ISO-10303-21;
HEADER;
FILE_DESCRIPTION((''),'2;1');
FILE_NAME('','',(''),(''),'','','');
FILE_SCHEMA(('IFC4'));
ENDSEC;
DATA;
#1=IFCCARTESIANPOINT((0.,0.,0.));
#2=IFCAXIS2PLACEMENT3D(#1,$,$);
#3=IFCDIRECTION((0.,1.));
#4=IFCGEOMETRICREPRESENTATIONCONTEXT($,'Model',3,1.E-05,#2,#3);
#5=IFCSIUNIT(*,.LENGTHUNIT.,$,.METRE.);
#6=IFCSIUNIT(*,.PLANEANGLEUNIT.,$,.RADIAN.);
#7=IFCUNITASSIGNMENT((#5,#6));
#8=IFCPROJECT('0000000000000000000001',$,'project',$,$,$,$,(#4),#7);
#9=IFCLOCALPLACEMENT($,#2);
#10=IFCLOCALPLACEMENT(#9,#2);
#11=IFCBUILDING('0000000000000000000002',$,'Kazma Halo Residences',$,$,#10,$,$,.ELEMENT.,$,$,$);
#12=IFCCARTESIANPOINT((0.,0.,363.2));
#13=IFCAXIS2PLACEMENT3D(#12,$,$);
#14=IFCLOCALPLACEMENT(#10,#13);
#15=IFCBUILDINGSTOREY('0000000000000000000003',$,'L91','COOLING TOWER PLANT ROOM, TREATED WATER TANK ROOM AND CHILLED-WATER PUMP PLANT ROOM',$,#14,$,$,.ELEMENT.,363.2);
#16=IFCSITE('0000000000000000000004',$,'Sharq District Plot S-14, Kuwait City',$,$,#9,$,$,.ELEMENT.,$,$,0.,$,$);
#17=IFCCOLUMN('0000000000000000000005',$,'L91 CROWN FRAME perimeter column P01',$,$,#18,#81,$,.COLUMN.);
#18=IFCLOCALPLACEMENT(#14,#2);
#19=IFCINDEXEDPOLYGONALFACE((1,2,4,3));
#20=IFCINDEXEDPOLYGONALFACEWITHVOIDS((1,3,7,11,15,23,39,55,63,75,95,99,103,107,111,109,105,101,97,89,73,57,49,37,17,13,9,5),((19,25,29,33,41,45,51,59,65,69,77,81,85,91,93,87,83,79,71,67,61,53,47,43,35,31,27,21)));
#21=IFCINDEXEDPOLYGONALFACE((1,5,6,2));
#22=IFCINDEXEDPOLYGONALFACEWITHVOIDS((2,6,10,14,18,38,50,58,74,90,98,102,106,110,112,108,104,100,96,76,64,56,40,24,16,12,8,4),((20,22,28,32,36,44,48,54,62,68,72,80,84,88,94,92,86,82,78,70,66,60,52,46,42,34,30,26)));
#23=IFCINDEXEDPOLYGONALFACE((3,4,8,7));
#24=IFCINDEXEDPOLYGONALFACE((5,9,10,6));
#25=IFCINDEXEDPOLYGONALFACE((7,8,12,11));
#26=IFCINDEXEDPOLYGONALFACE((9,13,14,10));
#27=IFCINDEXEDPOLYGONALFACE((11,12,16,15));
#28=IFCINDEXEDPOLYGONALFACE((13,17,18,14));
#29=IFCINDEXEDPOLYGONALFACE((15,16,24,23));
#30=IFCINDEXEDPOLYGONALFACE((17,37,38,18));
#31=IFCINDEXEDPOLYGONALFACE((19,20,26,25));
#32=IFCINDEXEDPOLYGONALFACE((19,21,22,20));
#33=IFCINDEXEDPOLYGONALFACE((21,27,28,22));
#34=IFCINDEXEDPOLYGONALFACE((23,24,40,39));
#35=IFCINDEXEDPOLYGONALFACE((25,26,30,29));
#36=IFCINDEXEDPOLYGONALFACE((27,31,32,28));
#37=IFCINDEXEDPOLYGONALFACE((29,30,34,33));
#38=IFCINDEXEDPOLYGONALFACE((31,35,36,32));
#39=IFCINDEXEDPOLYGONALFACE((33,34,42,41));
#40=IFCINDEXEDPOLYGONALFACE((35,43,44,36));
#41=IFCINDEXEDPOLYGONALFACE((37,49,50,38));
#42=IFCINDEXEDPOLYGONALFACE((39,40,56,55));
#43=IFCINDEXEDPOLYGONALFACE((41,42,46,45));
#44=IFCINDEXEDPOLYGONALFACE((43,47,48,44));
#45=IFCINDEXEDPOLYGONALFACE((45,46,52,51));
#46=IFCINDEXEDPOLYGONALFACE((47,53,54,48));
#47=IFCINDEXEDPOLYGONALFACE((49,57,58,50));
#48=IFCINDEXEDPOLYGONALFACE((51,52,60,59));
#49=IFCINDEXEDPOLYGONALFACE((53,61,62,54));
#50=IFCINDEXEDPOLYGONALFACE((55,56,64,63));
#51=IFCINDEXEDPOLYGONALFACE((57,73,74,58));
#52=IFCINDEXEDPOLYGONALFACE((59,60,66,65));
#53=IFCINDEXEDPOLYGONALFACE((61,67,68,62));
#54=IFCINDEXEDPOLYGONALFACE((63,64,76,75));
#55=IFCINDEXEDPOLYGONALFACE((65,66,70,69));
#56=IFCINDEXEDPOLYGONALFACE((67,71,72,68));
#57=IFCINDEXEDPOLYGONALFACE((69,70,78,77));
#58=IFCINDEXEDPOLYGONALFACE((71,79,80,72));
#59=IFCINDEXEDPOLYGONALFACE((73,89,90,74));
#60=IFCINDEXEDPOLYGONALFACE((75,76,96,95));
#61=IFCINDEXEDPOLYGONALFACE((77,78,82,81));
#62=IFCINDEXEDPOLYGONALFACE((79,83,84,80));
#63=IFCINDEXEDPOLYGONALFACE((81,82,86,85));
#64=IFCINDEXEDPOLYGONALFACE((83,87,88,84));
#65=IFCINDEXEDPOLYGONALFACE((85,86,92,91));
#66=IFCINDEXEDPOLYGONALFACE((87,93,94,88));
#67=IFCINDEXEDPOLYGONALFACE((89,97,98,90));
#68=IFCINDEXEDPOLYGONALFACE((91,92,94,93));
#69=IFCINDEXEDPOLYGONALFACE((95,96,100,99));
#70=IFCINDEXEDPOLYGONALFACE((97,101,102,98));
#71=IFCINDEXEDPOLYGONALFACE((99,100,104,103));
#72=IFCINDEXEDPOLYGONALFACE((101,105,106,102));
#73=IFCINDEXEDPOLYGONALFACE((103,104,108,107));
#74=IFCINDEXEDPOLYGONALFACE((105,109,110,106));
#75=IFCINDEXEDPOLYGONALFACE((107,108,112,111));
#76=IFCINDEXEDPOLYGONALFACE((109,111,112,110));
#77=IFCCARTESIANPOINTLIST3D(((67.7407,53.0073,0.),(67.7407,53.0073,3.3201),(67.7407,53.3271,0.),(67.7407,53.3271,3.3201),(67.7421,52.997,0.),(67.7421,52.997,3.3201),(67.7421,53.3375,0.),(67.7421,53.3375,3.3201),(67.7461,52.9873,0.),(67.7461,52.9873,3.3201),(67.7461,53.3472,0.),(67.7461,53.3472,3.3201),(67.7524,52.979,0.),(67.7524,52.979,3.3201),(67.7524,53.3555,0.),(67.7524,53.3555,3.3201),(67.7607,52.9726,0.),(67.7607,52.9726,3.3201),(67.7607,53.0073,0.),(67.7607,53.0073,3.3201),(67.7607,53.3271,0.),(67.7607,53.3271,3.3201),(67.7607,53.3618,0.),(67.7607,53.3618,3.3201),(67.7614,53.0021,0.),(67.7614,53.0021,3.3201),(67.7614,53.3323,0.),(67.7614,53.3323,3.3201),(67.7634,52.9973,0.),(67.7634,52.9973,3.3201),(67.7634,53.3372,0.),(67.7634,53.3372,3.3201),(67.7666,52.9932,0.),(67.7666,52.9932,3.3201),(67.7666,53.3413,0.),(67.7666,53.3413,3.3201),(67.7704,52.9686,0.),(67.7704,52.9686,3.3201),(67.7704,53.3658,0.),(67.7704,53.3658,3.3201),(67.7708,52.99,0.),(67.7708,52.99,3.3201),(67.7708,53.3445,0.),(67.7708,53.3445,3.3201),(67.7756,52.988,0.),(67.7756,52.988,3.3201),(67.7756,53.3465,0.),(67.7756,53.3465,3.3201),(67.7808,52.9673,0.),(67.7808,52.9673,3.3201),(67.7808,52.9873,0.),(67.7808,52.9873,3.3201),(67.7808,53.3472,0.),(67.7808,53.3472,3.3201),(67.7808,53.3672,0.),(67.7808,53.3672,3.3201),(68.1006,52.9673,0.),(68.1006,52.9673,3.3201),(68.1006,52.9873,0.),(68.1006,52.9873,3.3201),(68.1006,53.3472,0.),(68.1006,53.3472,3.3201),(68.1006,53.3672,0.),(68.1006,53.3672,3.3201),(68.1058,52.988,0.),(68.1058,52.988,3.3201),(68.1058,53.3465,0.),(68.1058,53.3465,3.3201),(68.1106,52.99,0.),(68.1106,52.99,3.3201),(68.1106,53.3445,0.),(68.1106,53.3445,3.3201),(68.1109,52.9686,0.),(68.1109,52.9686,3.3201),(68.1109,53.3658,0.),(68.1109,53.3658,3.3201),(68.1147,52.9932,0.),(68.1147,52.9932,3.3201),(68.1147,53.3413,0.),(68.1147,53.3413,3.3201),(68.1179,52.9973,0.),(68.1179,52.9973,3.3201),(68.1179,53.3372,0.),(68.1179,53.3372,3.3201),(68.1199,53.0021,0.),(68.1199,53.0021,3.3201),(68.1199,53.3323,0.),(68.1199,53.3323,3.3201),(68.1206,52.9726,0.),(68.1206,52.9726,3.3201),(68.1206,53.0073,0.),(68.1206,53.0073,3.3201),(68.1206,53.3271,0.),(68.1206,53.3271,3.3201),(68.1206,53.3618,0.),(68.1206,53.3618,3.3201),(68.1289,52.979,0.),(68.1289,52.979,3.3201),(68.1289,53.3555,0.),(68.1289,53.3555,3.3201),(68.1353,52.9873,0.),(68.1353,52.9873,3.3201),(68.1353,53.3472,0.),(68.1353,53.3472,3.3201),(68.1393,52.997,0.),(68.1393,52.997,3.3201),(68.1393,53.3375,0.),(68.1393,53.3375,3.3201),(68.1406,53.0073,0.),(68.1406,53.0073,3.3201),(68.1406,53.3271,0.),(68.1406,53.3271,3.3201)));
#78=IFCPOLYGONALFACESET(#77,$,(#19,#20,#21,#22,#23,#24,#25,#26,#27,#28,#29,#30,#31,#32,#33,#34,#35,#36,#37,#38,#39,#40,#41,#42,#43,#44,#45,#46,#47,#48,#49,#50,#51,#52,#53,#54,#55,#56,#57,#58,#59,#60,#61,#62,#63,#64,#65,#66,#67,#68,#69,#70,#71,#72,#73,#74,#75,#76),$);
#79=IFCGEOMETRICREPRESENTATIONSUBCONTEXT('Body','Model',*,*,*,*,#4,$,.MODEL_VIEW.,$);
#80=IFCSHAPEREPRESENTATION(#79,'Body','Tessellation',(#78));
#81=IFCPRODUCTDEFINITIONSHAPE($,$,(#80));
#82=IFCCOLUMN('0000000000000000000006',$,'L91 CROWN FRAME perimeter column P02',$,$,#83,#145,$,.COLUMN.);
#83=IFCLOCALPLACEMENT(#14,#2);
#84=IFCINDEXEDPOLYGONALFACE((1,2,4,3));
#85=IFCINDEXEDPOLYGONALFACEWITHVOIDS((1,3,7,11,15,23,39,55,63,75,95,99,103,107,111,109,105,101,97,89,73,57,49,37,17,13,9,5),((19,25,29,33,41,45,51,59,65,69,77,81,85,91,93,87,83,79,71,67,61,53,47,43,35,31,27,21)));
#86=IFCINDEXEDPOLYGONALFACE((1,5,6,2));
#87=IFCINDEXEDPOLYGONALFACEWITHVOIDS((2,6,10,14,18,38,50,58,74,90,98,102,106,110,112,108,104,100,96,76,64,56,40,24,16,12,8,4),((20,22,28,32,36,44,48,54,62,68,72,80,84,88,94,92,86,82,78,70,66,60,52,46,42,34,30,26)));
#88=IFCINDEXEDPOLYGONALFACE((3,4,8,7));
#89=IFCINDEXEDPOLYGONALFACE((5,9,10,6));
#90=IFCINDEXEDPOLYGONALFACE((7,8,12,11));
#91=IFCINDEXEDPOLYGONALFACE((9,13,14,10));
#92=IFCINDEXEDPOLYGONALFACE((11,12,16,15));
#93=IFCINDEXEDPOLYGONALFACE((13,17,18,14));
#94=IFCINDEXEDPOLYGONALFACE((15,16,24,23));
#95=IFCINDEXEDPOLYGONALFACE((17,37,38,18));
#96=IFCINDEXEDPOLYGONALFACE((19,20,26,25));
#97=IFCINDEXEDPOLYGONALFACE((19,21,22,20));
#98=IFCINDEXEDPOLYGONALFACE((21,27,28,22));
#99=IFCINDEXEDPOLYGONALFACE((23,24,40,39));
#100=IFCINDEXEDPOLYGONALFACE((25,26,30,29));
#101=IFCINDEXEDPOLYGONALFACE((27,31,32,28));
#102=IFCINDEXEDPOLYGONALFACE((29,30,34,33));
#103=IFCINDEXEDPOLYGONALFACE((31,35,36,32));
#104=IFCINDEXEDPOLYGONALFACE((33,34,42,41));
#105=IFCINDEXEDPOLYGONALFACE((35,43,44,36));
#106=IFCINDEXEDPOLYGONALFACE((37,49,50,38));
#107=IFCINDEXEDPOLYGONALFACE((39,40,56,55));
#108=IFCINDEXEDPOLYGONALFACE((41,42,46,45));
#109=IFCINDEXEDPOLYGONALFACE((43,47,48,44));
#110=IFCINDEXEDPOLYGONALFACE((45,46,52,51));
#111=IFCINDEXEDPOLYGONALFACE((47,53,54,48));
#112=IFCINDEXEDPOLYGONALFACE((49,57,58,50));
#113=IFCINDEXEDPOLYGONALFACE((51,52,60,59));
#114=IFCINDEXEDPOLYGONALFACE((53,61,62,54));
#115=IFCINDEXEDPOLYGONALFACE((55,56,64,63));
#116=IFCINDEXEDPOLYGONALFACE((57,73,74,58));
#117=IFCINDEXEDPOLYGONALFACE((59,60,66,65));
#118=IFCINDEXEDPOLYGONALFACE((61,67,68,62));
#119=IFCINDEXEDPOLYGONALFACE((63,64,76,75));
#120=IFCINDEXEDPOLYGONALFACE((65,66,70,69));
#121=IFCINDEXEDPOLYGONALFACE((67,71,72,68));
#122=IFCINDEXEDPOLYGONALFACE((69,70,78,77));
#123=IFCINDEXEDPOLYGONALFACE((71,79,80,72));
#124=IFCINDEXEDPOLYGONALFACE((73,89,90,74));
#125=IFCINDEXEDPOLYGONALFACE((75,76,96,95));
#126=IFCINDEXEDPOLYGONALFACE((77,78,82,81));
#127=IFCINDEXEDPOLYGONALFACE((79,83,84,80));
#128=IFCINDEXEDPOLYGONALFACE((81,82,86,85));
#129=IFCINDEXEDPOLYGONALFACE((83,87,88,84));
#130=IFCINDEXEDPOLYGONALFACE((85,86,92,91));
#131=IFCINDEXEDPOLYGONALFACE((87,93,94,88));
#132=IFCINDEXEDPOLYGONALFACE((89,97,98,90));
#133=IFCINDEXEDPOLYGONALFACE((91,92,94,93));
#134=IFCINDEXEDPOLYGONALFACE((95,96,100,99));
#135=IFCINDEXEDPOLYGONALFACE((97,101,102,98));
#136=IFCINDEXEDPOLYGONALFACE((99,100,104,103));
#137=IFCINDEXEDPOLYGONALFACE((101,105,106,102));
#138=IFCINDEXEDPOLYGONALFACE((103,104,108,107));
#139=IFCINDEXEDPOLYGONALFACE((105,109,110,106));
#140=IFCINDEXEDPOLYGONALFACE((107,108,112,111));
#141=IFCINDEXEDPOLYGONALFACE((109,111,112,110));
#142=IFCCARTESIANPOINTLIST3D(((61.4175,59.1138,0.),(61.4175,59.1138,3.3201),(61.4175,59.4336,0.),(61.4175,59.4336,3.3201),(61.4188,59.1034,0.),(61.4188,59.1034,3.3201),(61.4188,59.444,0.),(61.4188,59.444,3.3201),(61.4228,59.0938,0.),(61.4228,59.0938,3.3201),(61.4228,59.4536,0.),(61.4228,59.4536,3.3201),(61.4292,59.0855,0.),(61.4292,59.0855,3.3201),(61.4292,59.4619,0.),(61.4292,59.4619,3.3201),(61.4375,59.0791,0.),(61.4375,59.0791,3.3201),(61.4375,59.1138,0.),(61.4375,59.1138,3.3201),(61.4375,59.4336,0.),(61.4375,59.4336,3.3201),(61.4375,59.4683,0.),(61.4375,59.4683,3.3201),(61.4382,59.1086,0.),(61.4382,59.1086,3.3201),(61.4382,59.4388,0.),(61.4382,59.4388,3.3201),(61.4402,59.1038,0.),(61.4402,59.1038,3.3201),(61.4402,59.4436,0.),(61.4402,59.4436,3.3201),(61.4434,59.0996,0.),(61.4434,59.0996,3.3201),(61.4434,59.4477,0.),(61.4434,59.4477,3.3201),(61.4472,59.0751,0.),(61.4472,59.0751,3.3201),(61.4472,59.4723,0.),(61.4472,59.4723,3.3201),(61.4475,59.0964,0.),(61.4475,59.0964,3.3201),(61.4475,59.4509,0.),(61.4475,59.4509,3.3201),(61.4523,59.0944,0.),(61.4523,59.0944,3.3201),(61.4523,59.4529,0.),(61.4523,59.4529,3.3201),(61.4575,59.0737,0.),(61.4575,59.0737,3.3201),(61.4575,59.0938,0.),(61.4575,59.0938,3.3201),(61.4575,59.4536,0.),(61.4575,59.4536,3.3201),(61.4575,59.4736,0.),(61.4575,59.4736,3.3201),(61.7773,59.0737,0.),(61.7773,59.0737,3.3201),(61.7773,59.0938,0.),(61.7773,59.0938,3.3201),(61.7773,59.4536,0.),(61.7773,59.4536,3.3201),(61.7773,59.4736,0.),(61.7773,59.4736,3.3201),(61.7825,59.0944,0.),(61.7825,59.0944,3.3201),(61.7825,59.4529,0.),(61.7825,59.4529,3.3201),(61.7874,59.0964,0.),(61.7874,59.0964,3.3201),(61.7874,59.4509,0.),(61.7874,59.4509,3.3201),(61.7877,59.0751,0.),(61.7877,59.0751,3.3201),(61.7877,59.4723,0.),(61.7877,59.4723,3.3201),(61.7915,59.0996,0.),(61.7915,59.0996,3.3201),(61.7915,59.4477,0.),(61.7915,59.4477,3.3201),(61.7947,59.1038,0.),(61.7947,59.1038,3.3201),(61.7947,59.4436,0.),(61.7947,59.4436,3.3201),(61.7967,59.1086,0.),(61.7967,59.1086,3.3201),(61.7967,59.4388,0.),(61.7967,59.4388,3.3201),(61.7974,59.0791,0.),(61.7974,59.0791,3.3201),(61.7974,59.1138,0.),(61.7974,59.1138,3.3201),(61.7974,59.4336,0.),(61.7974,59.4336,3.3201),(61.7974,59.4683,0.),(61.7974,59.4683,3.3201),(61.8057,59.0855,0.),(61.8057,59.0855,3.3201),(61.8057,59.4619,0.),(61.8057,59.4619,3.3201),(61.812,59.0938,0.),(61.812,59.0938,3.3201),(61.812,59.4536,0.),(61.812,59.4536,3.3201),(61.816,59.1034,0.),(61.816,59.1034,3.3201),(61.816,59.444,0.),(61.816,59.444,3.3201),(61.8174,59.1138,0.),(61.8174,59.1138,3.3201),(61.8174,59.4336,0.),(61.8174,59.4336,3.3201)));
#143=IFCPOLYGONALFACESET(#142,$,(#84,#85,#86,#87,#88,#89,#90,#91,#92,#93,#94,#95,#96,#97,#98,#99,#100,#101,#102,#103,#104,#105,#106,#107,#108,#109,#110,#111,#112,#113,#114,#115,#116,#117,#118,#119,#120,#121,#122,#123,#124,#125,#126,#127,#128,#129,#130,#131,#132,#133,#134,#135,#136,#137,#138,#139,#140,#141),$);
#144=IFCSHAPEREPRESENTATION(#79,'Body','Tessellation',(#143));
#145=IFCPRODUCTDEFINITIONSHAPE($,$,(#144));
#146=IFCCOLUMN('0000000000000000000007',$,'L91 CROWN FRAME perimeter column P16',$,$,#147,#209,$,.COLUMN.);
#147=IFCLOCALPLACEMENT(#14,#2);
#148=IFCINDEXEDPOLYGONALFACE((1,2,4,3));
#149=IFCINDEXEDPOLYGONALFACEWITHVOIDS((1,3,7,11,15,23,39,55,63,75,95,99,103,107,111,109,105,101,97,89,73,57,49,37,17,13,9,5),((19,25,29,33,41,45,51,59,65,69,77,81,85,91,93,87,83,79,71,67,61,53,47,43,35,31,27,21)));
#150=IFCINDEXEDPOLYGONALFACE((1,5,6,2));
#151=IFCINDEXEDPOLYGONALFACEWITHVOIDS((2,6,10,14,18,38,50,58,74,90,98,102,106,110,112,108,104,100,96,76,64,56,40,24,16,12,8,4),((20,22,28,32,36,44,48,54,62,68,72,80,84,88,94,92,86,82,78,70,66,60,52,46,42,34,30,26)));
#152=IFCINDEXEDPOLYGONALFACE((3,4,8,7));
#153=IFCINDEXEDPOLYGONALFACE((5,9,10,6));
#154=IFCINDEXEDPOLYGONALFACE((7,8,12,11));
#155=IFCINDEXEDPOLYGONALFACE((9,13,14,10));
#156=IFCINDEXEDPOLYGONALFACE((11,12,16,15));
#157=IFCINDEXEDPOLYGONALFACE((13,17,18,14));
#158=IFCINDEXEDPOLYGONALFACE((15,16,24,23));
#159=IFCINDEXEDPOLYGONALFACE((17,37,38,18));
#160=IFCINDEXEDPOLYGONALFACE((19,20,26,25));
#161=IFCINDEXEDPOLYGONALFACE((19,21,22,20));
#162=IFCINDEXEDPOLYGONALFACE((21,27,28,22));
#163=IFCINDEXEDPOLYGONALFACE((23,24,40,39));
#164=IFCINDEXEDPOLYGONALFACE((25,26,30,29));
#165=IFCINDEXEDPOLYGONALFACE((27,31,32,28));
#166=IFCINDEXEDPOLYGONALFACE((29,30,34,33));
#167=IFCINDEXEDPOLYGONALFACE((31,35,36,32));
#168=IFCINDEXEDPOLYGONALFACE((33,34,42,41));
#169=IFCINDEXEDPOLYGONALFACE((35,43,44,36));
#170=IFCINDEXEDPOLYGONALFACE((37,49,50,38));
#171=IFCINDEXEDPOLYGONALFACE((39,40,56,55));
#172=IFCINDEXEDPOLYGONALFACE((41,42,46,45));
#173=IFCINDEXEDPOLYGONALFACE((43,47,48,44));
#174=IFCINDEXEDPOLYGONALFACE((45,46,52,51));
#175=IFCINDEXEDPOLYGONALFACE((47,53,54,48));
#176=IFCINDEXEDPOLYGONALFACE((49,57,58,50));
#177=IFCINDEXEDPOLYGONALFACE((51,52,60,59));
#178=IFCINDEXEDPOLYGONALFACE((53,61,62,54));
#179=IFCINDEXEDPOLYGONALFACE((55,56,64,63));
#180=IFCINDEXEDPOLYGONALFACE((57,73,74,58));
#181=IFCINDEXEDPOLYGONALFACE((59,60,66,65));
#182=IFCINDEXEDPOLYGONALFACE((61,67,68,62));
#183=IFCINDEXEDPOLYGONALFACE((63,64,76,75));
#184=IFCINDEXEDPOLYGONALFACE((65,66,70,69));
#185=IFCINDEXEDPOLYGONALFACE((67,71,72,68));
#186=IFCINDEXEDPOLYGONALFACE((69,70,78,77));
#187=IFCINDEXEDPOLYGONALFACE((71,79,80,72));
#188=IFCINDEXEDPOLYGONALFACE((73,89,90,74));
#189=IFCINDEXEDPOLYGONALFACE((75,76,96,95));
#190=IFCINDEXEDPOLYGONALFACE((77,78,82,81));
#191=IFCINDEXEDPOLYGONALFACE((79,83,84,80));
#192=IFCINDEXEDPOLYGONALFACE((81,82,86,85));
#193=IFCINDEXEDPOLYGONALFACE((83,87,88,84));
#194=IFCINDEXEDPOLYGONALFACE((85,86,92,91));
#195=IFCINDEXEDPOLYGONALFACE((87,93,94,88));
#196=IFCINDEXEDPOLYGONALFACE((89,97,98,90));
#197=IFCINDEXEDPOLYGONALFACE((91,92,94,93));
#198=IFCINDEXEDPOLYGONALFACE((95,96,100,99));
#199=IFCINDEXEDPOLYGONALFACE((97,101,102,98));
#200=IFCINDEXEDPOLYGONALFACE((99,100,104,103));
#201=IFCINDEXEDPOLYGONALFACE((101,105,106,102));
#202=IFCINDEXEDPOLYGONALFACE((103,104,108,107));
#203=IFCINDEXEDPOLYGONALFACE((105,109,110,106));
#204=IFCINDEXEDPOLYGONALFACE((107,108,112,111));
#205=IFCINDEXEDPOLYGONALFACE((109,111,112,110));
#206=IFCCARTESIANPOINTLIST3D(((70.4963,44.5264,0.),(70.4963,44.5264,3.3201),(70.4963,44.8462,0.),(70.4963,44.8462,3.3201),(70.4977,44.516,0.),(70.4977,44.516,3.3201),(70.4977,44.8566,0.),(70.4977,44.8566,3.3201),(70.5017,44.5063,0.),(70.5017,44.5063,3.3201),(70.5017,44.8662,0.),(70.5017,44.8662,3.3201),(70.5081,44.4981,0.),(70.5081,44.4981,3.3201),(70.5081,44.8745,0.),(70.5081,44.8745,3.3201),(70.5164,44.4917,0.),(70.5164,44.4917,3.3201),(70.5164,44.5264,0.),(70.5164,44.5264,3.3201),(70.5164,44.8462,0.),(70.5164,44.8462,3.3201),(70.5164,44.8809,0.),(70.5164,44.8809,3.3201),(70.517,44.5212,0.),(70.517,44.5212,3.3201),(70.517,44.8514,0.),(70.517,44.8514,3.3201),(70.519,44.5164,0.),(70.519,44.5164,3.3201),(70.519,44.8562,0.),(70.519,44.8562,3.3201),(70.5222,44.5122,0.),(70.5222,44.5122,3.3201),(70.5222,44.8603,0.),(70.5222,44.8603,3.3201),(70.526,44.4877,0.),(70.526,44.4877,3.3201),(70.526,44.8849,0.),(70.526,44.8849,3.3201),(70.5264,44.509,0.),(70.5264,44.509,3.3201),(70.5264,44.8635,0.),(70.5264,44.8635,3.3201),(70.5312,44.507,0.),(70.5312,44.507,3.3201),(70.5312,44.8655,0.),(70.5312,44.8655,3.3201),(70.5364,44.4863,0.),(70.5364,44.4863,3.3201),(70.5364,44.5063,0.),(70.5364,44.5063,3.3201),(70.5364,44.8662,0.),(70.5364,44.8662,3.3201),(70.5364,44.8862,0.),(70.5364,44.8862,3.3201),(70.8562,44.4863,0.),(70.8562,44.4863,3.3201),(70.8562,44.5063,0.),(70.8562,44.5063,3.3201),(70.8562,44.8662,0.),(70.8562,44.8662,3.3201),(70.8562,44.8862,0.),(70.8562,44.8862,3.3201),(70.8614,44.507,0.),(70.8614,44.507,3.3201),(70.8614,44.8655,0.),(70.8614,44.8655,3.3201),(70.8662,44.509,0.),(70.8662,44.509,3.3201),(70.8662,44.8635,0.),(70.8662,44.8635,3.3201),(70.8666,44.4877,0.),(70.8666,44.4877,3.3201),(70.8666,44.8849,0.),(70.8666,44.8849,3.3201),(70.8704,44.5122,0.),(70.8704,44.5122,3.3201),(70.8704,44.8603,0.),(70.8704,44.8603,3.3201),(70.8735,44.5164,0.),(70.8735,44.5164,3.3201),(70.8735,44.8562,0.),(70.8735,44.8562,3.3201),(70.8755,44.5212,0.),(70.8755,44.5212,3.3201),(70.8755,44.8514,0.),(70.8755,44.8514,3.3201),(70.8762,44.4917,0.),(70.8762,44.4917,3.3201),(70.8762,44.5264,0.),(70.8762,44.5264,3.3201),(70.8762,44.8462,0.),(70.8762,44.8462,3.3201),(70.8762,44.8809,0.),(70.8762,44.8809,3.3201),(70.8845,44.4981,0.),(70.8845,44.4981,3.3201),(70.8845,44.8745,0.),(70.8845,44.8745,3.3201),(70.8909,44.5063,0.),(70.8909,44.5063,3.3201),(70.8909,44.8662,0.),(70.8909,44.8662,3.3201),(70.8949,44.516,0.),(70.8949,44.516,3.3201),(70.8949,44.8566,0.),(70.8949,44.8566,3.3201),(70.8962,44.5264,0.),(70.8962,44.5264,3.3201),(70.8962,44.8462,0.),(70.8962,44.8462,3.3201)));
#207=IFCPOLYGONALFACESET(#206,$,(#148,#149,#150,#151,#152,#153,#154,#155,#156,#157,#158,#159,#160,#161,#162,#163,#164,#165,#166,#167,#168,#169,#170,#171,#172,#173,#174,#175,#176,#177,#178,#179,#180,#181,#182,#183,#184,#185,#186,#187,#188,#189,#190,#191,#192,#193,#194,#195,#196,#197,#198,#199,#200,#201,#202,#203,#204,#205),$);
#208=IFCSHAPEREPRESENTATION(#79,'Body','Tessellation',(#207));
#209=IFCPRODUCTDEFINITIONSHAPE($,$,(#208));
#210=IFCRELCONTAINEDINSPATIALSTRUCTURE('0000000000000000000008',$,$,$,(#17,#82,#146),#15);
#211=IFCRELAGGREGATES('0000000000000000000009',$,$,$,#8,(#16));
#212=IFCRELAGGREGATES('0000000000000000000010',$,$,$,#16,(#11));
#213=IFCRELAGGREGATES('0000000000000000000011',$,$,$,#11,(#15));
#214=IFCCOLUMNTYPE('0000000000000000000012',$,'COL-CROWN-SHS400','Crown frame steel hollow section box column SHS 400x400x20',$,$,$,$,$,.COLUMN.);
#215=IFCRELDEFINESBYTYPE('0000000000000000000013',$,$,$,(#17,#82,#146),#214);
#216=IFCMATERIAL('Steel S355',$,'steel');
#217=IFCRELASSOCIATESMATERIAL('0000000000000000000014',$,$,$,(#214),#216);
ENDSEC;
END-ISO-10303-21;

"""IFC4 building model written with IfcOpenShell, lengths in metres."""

from ifc_helpers import new_model, si_unit, direction, frame, origin, origin_2d, place, context, subcontext, project, spatial, hollow_rectangle, extrude, material, material_profile, profile_set, type_object, element, save


model = new_model("IFC4")

# Units and contexts
model_context = context("Model", 3, precision=1e-05, world=origin(), true_north=direction((0.0, 1.0)))
body_context = subcontext(model_context, "Body", "Model", "MODEL_VIEW")
ifc_project = project(units=[si_unit("LENGTHUNIT", "METRE"), si_unit("PLANEANGLEUNIT", "RADIAN")], contexts=[model_context])

# Site, building, storey
site_placement = place(None, origin())
site = spatial("IfcSite", under=ifc_project, at=site_placement, Name="Sharq District Plot S-14, Kuwait City", CompositionType="ELEMENT", RefElevation=0.0)
building_placement = place(site_placement, origin())
building = spatial("IfcBuilding", under=site, at=building_placement, Name="Kazma Halo Residences", CompositionType="ELEMENT")
storey_placement = place(building_placement, frame((0.0, 0.0, 363.2)))
storey = spatial("IfcBuildingStorey", under=building, at=storey_placement, Name="L91", Description="COOLING TOWER PLANT ROOM, TREATED WATER TANK ROOM AND CHILLED-WATER PUMP PLANT ROOM", CompositionType="ELEMENT", Elevation=363.2)

# Columns
ifc_material_1 = material(Name="Steel S355", Category="steel")
ifc_material_profile_1 = material_profile(ifc_material_1, hollow_rectangle(XDim=0.3999, YDim=0.3999, WallThickness=0.02, InnerFilletRadius=0.02, OuterFilletRadius=0.04, at=origin_2d()), Name="SHS400x400x20")
ifc_profile_set_1 = profile_set([ifc_material_profile_1], Name="Steel S355")
column_type = type_object("IfcColumnType", Name="COL-CROWN-SHS400", Description="Crown frame steel hollow section box column SHS 400x400x20", PredefinedType="COLUMN", material=ifc_profile_set_1)
for number, where, z_axis, x_axis, name in (
    (1, (67.9407, 53.1672, 0.0), (0.0, 0.0, 1.0), (1.0, 0.0, 0.0), "L91 CROWN FRAME perimeter column P01"),
    (2, (61.6174, 59.2737, 0.0), (0.0, 0.0, 1.0), (1.0, 0.0, 0.0), "L91 CROWN FRAME perimeter column P02"),
    (3, (70.6963, 44.6863, 0.0), (0.0, 0.0, 1.0), (1.0, 0.0, 0.0), "L91 CROWN FRAME perimeter column P16"),
):
    element("IfcColumn", number, at=place(storey_placement, frame(where, z_axis=z_axis, x_axis=x_axis)), inside=storey, type_object=column_type, Name=name, PredefinedType="COLUMN", context=body_context, shape_type="SweptSolid", body=[
        extrude(hollow_rectangle(XDim=0.3999, YDim=0.3999, WallThickness=0.02, InnerFilletRadius=0.02, OuterFilletRadius=0.04, at=origin_2d()), origin(), (0.0, 0.0, 1.0), 3.3201),
    ])

save(model, "model.ifc")
